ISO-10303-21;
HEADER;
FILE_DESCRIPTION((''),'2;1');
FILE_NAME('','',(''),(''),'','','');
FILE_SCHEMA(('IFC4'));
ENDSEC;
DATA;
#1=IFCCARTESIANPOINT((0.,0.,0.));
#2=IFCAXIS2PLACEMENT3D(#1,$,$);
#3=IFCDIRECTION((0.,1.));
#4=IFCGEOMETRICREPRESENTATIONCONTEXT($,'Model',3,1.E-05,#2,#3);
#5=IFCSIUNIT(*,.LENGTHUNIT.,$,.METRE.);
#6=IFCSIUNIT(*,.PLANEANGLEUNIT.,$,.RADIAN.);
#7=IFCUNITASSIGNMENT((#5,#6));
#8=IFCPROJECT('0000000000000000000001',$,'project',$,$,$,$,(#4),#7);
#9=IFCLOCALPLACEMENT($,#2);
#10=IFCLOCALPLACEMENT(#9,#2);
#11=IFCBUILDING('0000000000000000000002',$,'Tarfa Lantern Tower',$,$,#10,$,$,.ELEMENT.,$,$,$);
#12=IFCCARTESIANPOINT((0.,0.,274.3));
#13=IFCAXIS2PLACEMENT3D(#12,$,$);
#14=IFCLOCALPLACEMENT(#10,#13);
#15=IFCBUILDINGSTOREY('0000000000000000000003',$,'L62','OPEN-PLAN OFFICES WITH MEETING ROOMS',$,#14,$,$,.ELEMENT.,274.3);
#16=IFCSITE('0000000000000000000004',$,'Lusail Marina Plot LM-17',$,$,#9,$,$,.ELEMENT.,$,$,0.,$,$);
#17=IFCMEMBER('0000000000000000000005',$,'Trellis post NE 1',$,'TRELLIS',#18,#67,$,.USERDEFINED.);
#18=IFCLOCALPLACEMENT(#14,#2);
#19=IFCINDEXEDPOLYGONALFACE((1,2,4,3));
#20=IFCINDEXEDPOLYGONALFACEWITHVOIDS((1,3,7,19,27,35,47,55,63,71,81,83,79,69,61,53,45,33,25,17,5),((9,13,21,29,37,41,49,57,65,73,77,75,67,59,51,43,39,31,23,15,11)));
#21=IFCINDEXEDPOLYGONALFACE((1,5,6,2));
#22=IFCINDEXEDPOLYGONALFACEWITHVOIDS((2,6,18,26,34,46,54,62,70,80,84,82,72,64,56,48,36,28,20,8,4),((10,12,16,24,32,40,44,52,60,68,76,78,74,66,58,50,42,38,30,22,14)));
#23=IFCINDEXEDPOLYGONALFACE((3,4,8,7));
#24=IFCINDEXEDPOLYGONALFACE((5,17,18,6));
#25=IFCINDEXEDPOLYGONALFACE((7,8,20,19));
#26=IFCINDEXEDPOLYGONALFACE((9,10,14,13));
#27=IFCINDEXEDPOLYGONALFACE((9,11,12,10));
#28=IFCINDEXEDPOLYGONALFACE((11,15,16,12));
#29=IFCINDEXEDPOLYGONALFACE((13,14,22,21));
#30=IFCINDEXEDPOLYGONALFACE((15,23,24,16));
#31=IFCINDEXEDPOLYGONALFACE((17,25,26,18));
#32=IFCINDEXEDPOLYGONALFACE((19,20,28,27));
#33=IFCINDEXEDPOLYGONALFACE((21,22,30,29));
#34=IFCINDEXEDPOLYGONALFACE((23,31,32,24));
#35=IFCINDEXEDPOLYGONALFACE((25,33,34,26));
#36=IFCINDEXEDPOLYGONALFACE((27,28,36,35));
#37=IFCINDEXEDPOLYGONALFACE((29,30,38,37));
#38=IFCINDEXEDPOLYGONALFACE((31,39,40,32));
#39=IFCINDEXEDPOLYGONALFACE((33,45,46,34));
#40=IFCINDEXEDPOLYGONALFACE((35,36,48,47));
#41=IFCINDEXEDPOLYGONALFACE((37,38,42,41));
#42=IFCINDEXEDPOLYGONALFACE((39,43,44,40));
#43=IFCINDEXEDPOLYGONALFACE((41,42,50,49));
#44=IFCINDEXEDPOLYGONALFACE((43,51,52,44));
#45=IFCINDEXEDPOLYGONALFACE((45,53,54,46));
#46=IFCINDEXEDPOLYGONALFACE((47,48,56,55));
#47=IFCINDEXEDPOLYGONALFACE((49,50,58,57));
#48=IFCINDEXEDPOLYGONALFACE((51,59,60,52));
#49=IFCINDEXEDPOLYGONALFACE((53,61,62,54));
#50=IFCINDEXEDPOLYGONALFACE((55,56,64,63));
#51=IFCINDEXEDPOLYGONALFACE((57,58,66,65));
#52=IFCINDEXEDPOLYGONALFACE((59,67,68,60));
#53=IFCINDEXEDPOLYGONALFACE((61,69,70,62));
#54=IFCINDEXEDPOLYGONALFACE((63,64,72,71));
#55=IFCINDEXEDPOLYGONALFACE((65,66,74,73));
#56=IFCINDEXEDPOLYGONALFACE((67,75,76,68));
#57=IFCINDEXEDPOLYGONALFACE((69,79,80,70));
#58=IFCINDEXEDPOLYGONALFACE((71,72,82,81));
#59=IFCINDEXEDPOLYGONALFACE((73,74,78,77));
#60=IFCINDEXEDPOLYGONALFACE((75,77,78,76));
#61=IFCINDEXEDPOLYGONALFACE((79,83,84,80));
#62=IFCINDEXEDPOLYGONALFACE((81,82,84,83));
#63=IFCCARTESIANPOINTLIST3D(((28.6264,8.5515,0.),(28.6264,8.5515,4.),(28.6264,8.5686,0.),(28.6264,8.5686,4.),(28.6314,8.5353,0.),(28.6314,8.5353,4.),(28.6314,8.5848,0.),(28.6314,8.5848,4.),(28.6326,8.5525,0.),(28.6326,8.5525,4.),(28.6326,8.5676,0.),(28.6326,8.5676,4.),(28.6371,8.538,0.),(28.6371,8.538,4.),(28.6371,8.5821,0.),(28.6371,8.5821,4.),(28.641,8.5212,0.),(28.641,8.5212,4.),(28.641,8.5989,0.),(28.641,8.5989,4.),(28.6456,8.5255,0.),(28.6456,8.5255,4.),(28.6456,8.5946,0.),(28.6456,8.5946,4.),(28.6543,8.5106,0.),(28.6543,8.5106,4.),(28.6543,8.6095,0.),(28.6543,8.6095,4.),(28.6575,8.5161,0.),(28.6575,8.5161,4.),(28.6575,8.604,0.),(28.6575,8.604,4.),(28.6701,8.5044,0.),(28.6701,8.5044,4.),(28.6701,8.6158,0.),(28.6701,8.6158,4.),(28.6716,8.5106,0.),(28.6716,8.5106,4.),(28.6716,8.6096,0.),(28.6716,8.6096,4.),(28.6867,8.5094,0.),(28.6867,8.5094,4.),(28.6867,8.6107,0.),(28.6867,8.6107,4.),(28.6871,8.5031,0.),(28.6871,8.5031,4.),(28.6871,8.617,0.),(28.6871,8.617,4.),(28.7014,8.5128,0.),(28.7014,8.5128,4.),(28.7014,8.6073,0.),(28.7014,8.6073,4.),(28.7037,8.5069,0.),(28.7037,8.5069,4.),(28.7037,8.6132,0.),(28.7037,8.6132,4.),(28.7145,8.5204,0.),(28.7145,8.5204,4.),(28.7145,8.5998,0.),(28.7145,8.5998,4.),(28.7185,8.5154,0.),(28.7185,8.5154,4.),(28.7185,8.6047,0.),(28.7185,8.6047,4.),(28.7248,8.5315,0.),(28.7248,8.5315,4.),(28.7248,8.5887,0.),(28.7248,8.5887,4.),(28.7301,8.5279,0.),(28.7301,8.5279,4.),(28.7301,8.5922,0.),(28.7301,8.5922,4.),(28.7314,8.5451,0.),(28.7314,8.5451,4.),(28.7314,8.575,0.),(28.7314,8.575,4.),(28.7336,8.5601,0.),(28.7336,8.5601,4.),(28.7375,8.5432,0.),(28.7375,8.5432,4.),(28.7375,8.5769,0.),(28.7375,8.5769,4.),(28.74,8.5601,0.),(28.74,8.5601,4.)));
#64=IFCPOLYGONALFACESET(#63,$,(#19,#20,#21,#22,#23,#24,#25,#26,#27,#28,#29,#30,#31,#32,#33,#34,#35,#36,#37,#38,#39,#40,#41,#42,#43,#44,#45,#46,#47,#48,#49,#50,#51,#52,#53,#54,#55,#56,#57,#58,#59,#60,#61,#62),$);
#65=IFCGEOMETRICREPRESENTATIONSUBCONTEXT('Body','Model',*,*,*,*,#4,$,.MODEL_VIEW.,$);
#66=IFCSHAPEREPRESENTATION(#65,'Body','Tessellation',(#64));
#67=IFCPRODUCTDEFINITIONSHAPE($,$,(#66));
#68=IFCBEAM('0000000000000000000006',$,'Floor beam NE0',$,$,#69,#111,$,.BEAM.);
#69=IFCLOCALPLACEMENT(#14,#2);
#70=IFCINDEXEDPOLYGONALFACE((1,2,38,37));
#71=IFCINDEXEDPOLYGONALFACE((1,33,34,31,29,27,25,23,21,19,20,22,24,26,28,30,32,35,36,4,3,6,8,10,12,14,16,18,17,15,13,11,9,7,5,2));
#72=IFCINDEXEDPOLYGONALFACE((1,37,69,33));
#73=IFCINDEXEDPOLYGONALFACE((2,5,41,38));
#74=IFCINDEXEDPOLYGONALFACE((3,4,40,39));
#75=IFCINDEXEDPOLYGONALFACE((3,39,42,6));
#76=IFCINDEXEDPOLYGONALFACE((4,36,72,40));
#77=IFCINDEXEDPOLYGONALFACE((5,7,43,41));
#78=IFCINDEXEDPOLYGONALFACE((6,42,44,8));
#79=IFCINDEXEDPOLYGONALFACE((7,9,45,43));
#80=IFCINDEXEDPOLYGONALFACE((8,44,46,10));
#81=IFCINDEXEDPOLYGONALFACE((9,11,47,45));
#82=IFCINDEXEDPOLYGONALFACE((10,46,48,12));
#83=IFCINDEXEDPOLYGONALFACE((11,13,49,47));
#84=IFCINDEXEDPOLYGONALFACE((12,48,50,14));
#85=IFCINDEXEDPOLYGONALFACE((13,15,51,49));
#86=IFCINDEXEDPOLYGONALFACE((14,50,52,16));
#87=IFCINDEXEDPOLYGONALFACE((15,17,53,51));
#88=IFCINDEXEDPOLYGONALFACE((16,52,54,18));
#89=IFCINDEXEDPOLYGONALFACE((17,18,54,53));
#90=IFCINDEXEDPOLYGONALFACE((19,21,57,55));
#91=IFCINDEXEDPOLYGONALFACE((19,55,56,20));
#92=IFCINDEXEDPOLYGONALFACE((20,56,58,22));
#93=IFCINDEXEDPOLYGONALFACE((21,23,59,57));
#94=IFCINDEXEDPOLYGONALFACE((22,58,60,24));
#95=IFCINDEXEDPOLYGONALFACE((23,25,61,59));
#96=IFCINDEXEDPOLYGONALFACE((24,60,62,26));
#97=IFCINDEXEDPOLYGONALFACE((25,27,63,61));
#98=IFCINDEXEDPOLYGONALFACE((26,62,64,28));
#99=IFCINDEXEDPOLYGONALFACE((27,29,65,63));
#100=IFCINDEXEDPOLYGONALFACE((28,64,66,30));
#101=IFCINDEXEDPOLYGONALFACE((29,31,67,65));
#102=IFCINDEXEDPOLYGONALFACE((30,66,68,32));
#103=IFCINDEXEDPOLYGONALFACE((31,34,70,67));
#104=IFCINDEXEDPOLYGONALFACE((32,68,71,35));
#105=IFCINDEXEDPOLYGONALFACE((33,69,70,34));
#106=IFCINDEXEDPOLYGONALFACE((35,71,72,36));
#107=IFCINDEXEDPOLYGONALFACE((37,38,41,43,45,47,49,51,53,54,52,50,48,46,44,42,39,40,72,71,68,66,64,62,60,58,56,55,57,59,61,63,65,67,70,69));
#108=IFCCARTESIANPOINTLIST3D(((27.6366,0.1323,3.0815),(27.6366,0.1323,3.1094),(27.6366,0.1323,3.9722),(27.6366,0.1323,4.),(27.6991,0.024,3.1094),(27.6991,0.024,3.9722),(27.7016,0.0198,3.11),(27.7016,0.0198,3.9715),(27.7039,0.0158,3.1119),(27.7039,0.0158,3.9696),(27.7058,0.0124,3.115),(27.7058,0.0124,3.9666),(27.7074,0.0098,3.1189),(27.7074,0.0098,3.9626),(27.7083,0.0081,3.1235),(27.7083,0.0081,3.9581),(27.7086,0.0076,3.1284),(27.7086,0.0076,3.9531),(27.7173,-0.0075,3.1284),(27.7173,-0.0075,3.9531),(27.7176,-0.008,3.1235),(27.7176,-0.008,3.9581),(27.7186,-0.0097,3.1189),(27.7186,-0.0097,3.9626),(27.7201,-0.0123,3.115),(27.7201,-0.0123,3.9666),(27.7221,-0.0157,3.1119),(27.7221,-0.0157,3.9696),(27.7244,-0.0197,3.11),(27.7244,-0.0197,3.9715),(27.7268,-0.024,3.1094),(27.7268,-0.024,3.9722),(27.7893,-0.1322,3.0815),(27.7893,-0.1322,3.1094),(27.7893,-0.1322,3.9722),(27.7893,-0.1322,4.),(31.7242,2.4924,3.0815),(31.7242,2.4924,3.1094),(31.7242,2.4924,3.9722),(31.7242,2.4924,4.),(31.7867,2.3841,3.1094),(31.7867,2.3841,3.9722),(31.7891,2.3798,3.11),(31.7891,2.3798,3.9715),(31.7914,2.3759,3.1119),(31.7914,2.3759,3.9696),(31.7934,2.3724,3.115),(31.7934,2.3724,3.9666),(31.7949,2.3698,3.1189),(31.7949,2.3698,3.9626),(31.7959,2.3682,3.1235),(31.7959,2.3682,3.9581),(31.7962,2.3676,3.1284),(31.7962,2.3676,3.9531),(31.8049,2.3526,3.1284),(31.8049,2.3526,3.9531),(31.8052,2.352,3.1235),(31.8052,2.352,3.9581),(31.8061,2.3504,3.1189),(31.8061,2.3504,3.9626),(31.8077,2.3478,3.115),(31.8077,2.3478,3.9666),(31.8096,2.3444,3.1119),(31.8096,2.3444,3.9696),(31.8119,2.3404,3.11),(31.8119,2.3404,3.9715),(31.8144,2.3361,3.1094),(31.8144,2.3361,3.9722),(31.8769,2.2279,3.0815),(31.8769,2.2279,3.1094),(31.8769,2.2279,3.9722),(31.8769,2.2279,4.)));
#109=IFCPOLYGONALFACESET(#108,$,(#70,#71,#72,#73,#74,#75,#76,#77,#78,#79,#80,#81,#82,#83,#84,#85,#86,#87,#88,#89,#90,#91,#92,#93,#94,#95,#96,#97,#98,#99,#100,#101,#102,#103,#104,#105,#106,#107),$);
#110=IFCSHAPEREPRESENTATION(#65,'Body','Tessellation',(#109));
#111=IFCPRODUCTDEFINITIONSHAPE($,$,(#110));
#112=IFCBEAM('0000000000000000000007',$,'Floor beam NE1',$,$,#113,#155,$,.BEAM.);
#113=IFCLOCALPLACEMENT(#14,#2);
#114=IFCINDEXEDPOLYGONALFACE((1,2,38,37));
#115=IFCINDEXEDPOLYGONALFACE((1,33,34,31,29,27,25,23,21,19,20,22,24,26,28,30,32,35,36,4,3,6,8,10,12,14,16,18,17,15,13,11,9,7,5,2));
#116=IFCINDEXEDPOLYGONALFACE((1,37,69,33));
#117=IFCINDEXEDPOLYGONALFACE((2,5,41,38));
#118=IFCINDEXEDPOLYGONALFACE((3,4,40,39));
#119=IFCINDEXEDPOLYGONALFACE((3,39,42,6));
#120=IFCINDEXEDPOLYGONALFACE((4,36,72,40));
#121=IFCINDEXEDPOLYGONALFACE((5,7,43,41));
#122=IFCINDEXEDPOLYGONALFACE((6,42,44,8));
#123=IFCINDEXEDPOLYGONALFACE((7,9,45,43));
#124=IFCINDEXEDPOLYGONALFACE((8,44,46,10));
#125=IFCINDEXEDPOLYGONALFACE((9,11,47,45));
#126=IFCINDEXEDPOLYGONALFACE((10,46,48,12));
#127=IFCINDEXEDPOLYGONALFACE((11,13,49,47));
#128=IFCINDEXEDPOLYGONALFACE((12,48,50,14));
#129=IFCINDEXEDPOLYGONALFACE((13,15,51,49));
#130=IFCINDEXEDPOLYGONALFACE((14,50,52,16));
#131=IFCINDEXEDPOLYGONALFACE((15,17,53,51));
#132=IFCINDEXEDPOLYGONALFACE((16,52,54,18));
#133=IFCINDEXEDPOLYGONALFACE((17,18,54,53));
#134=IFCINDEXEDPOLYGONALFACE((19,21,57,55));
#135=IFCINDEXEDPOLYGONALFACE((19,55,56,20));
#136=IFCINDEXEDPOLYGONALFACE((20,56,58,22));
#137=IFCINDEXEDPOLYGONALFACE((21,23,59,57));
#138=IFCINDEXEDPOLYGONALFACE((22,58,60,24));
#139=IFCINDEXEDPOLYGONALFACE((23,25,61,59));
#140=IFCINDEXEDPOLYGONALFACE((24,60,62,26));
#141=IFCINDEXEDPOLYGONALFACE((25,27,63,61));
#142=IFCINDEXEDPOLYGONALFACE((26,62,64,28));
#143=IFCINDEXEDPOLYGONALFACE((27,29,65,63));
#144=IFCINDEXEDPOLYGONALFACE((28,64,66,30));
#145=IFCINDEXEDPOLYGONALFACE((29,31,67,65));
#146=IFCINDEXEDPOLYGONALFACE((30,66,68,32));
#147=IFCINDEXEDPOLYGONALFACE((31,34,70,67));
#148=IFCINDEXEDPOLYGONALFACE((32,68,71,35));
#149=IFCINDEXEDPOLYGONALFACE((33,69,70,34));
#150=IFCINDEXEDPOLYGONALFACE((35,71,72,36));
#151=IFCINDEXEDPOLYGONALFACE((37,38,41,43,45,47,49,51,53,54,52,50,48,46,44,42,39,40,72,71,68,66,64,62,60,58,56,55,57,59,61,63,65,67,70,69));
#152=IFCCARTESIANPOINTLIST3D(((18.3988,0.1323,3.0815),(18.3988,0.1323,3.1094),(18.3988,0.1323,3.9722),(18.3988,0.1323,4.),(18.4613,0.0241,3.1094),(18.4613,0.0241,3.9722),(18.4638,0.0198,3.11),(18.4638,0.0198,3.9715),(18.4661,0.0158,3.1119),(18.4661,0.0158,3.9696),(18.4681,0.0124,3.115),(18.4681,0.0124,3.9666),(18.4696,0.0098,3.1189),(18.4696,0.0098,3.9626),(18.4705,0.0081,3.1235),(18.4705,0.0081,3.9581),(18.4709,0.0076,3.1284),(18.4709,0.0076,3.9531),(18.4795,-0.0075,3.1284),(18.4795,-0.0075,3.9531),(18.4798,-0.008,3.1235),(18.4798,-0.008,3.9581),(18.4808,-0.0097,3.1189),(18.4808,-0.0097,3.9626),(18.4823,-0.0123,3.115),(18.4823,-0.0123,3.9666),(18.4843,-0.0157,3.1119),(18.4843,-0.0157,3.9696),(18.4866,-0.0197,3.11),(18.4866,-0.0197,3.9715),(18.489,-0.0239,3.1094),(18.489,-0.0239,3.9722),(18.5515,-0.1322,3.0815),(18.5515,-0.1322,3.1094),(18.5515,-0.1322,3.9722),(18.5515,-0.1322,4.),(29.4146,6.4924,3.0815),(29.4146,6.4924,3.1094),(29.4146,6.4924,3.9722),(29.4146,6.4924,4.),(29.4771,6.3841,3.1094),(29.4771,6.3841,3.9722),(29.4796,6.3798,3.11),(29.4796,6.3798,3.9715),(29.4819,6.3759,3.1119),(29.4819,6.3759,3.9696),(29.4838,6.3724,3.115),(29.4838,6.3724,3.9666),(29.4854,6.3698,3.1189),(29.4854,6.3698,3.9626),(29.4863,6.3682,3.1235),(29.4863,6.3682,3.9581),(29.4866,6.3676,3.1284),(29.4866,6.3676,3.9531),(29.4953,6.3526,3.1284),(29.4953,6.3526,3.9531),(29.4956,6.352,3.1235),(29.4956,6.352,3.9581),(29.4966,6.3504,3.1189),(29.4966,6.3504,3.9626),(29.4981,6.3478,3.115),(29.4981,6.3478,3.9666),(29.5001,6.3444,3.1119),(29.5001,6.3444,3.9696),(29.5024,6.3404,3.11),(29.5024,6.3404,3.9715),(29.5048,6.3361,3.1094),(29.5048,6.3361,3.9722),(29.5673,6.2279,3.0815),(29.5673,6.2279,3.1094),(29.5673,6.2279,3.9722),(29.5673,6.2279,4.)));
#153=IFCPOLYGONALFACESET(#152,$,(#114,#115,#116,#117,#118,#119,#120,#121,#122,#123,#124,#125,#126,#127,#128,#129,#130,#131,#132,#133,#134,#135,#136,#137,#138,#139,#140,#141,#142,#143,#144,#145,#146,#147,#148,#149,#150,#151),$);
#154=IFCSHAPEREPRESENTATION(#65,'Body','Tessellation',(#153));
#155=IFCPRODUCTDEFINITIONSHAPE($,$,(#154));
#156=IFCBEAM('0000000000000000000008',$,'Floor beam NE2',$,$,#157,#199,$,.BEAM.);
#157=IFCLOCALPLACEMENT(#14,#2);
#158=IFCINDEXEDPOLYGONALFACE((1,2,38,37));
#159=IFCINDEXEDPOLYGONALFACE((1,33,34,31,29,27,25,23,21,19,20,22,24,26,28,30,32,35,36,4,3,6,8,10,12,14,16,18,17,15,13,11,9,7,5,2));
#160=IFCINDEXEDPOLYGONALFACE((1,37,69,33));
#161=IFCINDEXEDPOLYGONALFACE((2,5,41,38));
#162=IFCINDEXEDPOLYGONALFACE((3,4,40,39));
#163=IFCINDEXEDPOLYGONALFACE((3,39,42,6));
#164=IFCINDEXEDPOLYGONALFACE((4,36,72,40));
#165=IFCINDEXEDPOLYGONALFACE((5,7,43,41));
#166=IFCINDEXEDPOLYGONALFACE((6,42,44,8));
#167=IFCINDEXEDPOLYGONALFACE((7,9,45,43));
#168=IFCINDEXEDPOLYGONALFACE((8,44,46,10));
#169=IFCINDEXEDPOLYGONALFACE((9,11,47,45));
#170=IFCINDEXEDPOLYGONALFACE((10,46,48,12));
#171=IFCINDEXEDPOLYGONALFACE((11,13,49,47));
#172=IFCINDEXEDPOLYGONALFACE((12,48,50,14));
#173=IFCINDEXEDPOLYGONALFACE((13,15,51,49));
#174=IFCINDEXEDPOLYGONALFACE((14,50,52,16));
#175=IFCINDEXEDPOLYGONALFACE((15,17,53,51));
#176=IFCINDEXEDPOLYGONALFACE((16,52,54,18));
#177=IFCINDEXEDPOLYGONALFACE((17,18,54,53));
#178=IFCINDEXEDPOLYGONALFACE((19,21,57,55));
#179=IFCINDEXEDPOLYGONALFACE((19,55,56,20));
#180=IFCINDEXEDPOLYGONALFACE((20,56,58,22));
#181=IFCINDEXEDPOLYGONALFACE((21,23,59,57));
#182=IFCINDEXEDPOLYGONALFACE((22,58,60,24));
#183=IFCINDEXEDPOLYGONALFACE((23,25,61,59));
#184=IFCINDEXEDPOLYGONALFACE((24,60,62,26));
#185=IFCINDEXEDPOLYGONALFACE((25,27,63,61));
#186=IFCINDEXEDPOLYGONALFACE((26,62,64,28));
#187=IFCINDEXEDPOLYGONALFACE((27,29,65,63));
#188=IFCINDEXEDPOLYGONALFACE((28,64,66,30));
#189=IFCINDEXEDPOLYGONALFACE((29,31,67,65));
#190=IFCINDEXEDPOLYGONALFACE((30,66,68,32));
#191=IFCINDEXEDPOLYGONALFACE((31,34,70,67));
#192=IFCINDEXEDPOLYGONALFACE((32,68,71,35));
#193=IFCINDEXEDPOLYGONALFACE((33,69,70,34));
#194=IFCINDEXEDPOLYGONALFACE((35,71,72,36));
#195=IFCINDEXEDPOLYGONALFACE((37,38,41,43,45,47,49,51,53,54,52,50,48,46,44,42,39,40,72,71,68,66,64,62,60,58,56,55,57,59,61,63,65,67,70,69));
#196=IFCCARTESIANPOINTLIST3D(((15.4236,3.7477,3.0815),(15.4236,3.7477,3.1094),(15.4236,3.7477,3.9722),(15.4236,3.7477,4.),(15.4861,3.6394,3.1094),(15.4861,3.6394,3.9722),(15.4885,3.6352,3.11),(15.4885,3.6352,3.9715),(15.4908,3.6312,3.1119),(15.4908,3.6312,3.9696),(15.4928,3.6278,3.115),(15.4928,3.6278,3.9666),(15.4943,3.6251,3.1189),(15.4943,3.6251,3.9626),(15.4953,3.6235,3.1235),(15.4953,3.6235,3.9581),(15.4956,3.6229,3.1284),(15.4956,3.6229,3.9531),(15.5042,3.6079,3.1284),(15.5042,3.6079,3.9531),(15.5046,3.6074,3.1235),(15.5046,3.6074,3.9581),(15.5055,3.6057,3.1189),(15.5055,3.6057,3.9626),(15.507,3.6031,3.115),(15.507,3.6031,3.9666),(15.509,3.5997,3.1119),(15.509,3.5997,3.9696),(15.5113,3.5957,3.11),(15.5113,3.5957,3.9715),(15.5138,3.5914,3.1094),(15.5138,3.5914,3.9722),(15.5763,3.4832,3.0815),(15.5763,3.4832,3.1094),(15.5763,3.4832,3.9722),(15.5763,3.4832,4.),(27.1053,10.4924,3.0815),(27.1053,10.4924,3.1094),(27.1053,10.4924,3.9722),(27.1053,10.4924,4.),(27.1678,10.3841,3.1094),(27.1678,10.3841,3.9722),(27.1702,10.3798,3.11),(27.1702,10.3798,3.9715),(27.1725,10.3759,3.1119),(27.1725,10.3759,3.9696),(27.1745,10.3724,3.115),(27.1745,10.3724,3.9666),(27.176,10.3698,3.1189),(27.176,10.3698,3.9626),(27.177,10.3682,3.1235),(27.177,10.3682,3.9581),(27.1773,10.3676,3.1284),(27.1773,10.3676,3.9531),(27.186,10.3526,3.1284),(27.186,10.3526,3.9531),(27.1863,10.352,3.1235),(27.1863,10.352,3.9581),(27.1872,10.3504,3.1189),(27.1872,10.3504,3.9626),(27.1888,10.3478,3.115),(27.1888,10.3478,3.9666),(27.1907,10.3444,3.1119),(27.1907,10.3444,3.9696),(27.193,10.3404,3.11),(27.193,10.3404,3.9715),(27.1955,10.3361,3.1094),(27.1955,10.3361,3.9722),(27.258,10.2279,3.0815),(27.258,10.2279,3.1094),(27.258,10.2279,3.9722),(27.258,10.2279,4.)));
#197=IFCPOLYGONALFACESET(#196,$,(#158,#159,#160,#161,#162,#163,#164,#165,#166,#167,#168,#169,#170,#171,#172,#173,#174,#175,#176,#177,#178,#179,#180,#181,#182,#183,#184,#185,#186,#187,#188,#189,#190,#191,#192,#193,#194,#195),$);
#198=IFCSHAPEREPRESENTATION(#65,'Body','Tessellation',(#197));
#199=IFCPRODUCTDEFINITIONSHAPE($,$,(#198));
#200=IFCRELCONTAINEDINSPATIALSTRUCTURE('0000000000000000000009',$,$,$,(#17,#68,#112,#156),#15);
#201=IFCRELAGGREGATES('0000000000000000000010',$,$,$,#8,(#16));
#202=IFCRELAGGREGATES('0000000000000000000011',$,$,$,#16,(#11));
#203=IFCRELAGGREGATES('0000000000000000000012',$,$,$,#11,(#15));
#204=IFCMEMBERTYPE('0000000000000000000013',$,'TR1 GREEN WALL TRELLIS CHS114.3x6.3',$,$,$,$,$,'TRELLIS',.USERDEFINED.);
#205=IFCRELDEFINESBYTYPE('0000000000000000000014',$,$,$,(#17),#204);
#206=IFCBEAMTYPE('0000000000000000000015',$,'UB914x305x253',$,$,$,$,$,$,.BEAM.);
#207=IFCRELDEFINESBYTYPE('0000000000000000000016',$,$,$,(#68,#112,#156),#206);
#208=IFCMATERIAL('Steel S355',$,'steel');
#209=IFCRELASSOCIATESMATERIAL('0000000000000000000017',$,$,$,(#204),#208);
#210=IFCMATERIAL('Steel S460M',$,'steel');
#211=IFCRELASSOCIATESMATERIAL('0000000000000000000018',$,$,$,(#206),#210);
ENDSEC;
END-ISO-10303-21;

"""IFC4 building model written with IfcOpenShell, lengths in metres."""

from ifc_helpers import new_model, si_unit, direction, frame, origin, origin_2d, place, context, subcontext, project, spatial, hollow_circle, i_section, extrude, material, material_profile, profile_set, type_object, element, save


model = new_model("IFC4")

# Units and contexts
model_context = context("Model", 3, precision=1e-05, world=origin(), true_north=direction((0.0, 1.0)))
body_context = subcontext(model_context, "Body", "Model", "MODEL_VIEW")
ifc_project = project(units=[si_unit("LENGTHUNIT", "METRE"), si_unit("PLANEANGLEUNIT", "RADIAN")], contexts=[model_context])

# Site, building, storey
site_placement = place(None, origin())
site = spatial("IfcSite", under=ifc_project, at=site_placement, Name="Lusail Marina Plot LM-17", CompositionType="ELEMENT", RefElevation=0.0)
building_placement = place(site_placement, origin())
building = spatial("IfcBuilding", under=site, at=building_placement, Name="Tarfa Lantern Tower", CompositionType="ELEMENT")
storey_placement = place(building_placement, frame((0.0, 0.0, 274.3)))
storey = spatial("IfcBuildingStorey", under=building, at=storey_placement, Name="L62", Description="OPEN-PLAN OFFICES WITH MEETING ROOMS", CompositionType="ELEMENT", Elevation=274.3)

# Member
ifc_material_1 = material(Name="Steel S355", Category="steel")
ifc_material_profile_1 = material_profile(ifc_material_1, hollow_circle(Radius=0.0571, WallThickness=0.0063, at=origin_2d()), Name="CHS114.3x6.3")
ifc_profile_set_1 = profile_set([ifc_material_profile_1], Name="Steel S355")
member_type_1 = type_object("IfcMemberType", Name="TR1 GREEN WALL TRELLIS CHS114.3x6.3", ElementType="TRELLIS", PredefinedType="USERDEFINED", material=ifc_profile_set_1)
member_1_placement = place(storey_placement, frame((28.6829, 8.5601, 0.0), z_axis=(0.0, 0.0, 1.0), x_axis=(1.0, 0.0, 0.0)))
element("IfcMember", 1, at=member_1_placement, inside=storey, type_object=member_type_1, Name="Trellis post NE 1", ObjectType="TRELLIS", PredefinedType="USERDEFINED", context=body_context, shape_type="SweptSolid", body=[
    extrude(hollow_circle(Radius=0.0571, WallThickness=0.0063, at=origin_2d()), origin(), (0.0, 0.0, 1.0), 4.0),
])

# Beams
ifc_material_2 = material(Name="Steel S460M", Category="steel")
ifc_material_profile_2 = material_profile(ifc_material_2, i_section(OverallWidth=0.3054, OverallDepth=0.9185, WebThickness=0.0173, FlangeThickness=0.0278, FilletRadius=0.019, at=origin_2d()), Name="UB914x305x253")
ifc_profile_set_2 = profile_set([ifc_material_profile_2], Name="Steel S460M")
beam_type_1 = type_object("IfcBeamType", Name="UB914x305x253", PredefinedType="BEAM", material=ifc_profile_set_2)
beam_1_placement = place(storey_placement, frame((31.8005, 2.3601, 3.5408), z_axis=(-0.866016, -0.500016, 0.0), x_axis=(0.500016, -0.866016, 0.0)))
element("IfcBeam", 2, at=beam_1_placement, inside=storey, type_object=beam_type_1, Name="Floor beam NE0", PredefinedType="BEAM", context=body_context, shape_type="SweptSolid", body=[
    extrude(i_section(OverallWidth=0.3054, OverallDepth=0.9185, WebThickness=0.0173, FlangeThickness=0.0278, FilletRadius=0.019, at=origin_2d()), origin(), (0.0, 0.0, 1.0), 4.72),
])
beam_2_placement = place(storey_placement, frame((29.491, 6.3601, 3.5408), z_axis=(-0.866022, -0.500005, 0.0), x_axis=(0.500005, -0.866022, 0.0)))
element("IfcBeam", 3, at=beam_2_placement, inside=storey, type_object=beam_type_1, Name="Floor beam NE1", PredefinedType="BEAM", context=body_context, shape_type="SweptSolid", body=[
    extrude(i_section(OverallWidth=0.3054, OverallDepth=0.9185, WebThickness=0.0173, FlangeThickness=0.0278, FilletRadius=0.019, at=origin_2d()), origin(), (0.0, 0.0, 1.0), 12.72),
])
beam_3_placement = place(storey_placement, frame((27.1816, 10.3601, 3.5408), z_axis=(-0.866018, -0.500013, 0.0), x_axis=(0.500013, -0.866018, 0.0)))
element("IfcBeam", 4, at=beam_3_placement, inside=storey, type_object=beam_type_1, Name="Floor beam NE2", PredefinedType="BEAM", context=body_context, shape_type="SweptSolid", body=[
    extrude(i_section(OverallWidth=0.3054, OverallDepth=0.9185, WebThickness=0.0173, FlangeThickness=0.0278, FilletRadius=0.019, at=origin_2d()), origin(), (0.0, 0.0, 1.0), 13.489),
])

save(model, "model.ifc")
